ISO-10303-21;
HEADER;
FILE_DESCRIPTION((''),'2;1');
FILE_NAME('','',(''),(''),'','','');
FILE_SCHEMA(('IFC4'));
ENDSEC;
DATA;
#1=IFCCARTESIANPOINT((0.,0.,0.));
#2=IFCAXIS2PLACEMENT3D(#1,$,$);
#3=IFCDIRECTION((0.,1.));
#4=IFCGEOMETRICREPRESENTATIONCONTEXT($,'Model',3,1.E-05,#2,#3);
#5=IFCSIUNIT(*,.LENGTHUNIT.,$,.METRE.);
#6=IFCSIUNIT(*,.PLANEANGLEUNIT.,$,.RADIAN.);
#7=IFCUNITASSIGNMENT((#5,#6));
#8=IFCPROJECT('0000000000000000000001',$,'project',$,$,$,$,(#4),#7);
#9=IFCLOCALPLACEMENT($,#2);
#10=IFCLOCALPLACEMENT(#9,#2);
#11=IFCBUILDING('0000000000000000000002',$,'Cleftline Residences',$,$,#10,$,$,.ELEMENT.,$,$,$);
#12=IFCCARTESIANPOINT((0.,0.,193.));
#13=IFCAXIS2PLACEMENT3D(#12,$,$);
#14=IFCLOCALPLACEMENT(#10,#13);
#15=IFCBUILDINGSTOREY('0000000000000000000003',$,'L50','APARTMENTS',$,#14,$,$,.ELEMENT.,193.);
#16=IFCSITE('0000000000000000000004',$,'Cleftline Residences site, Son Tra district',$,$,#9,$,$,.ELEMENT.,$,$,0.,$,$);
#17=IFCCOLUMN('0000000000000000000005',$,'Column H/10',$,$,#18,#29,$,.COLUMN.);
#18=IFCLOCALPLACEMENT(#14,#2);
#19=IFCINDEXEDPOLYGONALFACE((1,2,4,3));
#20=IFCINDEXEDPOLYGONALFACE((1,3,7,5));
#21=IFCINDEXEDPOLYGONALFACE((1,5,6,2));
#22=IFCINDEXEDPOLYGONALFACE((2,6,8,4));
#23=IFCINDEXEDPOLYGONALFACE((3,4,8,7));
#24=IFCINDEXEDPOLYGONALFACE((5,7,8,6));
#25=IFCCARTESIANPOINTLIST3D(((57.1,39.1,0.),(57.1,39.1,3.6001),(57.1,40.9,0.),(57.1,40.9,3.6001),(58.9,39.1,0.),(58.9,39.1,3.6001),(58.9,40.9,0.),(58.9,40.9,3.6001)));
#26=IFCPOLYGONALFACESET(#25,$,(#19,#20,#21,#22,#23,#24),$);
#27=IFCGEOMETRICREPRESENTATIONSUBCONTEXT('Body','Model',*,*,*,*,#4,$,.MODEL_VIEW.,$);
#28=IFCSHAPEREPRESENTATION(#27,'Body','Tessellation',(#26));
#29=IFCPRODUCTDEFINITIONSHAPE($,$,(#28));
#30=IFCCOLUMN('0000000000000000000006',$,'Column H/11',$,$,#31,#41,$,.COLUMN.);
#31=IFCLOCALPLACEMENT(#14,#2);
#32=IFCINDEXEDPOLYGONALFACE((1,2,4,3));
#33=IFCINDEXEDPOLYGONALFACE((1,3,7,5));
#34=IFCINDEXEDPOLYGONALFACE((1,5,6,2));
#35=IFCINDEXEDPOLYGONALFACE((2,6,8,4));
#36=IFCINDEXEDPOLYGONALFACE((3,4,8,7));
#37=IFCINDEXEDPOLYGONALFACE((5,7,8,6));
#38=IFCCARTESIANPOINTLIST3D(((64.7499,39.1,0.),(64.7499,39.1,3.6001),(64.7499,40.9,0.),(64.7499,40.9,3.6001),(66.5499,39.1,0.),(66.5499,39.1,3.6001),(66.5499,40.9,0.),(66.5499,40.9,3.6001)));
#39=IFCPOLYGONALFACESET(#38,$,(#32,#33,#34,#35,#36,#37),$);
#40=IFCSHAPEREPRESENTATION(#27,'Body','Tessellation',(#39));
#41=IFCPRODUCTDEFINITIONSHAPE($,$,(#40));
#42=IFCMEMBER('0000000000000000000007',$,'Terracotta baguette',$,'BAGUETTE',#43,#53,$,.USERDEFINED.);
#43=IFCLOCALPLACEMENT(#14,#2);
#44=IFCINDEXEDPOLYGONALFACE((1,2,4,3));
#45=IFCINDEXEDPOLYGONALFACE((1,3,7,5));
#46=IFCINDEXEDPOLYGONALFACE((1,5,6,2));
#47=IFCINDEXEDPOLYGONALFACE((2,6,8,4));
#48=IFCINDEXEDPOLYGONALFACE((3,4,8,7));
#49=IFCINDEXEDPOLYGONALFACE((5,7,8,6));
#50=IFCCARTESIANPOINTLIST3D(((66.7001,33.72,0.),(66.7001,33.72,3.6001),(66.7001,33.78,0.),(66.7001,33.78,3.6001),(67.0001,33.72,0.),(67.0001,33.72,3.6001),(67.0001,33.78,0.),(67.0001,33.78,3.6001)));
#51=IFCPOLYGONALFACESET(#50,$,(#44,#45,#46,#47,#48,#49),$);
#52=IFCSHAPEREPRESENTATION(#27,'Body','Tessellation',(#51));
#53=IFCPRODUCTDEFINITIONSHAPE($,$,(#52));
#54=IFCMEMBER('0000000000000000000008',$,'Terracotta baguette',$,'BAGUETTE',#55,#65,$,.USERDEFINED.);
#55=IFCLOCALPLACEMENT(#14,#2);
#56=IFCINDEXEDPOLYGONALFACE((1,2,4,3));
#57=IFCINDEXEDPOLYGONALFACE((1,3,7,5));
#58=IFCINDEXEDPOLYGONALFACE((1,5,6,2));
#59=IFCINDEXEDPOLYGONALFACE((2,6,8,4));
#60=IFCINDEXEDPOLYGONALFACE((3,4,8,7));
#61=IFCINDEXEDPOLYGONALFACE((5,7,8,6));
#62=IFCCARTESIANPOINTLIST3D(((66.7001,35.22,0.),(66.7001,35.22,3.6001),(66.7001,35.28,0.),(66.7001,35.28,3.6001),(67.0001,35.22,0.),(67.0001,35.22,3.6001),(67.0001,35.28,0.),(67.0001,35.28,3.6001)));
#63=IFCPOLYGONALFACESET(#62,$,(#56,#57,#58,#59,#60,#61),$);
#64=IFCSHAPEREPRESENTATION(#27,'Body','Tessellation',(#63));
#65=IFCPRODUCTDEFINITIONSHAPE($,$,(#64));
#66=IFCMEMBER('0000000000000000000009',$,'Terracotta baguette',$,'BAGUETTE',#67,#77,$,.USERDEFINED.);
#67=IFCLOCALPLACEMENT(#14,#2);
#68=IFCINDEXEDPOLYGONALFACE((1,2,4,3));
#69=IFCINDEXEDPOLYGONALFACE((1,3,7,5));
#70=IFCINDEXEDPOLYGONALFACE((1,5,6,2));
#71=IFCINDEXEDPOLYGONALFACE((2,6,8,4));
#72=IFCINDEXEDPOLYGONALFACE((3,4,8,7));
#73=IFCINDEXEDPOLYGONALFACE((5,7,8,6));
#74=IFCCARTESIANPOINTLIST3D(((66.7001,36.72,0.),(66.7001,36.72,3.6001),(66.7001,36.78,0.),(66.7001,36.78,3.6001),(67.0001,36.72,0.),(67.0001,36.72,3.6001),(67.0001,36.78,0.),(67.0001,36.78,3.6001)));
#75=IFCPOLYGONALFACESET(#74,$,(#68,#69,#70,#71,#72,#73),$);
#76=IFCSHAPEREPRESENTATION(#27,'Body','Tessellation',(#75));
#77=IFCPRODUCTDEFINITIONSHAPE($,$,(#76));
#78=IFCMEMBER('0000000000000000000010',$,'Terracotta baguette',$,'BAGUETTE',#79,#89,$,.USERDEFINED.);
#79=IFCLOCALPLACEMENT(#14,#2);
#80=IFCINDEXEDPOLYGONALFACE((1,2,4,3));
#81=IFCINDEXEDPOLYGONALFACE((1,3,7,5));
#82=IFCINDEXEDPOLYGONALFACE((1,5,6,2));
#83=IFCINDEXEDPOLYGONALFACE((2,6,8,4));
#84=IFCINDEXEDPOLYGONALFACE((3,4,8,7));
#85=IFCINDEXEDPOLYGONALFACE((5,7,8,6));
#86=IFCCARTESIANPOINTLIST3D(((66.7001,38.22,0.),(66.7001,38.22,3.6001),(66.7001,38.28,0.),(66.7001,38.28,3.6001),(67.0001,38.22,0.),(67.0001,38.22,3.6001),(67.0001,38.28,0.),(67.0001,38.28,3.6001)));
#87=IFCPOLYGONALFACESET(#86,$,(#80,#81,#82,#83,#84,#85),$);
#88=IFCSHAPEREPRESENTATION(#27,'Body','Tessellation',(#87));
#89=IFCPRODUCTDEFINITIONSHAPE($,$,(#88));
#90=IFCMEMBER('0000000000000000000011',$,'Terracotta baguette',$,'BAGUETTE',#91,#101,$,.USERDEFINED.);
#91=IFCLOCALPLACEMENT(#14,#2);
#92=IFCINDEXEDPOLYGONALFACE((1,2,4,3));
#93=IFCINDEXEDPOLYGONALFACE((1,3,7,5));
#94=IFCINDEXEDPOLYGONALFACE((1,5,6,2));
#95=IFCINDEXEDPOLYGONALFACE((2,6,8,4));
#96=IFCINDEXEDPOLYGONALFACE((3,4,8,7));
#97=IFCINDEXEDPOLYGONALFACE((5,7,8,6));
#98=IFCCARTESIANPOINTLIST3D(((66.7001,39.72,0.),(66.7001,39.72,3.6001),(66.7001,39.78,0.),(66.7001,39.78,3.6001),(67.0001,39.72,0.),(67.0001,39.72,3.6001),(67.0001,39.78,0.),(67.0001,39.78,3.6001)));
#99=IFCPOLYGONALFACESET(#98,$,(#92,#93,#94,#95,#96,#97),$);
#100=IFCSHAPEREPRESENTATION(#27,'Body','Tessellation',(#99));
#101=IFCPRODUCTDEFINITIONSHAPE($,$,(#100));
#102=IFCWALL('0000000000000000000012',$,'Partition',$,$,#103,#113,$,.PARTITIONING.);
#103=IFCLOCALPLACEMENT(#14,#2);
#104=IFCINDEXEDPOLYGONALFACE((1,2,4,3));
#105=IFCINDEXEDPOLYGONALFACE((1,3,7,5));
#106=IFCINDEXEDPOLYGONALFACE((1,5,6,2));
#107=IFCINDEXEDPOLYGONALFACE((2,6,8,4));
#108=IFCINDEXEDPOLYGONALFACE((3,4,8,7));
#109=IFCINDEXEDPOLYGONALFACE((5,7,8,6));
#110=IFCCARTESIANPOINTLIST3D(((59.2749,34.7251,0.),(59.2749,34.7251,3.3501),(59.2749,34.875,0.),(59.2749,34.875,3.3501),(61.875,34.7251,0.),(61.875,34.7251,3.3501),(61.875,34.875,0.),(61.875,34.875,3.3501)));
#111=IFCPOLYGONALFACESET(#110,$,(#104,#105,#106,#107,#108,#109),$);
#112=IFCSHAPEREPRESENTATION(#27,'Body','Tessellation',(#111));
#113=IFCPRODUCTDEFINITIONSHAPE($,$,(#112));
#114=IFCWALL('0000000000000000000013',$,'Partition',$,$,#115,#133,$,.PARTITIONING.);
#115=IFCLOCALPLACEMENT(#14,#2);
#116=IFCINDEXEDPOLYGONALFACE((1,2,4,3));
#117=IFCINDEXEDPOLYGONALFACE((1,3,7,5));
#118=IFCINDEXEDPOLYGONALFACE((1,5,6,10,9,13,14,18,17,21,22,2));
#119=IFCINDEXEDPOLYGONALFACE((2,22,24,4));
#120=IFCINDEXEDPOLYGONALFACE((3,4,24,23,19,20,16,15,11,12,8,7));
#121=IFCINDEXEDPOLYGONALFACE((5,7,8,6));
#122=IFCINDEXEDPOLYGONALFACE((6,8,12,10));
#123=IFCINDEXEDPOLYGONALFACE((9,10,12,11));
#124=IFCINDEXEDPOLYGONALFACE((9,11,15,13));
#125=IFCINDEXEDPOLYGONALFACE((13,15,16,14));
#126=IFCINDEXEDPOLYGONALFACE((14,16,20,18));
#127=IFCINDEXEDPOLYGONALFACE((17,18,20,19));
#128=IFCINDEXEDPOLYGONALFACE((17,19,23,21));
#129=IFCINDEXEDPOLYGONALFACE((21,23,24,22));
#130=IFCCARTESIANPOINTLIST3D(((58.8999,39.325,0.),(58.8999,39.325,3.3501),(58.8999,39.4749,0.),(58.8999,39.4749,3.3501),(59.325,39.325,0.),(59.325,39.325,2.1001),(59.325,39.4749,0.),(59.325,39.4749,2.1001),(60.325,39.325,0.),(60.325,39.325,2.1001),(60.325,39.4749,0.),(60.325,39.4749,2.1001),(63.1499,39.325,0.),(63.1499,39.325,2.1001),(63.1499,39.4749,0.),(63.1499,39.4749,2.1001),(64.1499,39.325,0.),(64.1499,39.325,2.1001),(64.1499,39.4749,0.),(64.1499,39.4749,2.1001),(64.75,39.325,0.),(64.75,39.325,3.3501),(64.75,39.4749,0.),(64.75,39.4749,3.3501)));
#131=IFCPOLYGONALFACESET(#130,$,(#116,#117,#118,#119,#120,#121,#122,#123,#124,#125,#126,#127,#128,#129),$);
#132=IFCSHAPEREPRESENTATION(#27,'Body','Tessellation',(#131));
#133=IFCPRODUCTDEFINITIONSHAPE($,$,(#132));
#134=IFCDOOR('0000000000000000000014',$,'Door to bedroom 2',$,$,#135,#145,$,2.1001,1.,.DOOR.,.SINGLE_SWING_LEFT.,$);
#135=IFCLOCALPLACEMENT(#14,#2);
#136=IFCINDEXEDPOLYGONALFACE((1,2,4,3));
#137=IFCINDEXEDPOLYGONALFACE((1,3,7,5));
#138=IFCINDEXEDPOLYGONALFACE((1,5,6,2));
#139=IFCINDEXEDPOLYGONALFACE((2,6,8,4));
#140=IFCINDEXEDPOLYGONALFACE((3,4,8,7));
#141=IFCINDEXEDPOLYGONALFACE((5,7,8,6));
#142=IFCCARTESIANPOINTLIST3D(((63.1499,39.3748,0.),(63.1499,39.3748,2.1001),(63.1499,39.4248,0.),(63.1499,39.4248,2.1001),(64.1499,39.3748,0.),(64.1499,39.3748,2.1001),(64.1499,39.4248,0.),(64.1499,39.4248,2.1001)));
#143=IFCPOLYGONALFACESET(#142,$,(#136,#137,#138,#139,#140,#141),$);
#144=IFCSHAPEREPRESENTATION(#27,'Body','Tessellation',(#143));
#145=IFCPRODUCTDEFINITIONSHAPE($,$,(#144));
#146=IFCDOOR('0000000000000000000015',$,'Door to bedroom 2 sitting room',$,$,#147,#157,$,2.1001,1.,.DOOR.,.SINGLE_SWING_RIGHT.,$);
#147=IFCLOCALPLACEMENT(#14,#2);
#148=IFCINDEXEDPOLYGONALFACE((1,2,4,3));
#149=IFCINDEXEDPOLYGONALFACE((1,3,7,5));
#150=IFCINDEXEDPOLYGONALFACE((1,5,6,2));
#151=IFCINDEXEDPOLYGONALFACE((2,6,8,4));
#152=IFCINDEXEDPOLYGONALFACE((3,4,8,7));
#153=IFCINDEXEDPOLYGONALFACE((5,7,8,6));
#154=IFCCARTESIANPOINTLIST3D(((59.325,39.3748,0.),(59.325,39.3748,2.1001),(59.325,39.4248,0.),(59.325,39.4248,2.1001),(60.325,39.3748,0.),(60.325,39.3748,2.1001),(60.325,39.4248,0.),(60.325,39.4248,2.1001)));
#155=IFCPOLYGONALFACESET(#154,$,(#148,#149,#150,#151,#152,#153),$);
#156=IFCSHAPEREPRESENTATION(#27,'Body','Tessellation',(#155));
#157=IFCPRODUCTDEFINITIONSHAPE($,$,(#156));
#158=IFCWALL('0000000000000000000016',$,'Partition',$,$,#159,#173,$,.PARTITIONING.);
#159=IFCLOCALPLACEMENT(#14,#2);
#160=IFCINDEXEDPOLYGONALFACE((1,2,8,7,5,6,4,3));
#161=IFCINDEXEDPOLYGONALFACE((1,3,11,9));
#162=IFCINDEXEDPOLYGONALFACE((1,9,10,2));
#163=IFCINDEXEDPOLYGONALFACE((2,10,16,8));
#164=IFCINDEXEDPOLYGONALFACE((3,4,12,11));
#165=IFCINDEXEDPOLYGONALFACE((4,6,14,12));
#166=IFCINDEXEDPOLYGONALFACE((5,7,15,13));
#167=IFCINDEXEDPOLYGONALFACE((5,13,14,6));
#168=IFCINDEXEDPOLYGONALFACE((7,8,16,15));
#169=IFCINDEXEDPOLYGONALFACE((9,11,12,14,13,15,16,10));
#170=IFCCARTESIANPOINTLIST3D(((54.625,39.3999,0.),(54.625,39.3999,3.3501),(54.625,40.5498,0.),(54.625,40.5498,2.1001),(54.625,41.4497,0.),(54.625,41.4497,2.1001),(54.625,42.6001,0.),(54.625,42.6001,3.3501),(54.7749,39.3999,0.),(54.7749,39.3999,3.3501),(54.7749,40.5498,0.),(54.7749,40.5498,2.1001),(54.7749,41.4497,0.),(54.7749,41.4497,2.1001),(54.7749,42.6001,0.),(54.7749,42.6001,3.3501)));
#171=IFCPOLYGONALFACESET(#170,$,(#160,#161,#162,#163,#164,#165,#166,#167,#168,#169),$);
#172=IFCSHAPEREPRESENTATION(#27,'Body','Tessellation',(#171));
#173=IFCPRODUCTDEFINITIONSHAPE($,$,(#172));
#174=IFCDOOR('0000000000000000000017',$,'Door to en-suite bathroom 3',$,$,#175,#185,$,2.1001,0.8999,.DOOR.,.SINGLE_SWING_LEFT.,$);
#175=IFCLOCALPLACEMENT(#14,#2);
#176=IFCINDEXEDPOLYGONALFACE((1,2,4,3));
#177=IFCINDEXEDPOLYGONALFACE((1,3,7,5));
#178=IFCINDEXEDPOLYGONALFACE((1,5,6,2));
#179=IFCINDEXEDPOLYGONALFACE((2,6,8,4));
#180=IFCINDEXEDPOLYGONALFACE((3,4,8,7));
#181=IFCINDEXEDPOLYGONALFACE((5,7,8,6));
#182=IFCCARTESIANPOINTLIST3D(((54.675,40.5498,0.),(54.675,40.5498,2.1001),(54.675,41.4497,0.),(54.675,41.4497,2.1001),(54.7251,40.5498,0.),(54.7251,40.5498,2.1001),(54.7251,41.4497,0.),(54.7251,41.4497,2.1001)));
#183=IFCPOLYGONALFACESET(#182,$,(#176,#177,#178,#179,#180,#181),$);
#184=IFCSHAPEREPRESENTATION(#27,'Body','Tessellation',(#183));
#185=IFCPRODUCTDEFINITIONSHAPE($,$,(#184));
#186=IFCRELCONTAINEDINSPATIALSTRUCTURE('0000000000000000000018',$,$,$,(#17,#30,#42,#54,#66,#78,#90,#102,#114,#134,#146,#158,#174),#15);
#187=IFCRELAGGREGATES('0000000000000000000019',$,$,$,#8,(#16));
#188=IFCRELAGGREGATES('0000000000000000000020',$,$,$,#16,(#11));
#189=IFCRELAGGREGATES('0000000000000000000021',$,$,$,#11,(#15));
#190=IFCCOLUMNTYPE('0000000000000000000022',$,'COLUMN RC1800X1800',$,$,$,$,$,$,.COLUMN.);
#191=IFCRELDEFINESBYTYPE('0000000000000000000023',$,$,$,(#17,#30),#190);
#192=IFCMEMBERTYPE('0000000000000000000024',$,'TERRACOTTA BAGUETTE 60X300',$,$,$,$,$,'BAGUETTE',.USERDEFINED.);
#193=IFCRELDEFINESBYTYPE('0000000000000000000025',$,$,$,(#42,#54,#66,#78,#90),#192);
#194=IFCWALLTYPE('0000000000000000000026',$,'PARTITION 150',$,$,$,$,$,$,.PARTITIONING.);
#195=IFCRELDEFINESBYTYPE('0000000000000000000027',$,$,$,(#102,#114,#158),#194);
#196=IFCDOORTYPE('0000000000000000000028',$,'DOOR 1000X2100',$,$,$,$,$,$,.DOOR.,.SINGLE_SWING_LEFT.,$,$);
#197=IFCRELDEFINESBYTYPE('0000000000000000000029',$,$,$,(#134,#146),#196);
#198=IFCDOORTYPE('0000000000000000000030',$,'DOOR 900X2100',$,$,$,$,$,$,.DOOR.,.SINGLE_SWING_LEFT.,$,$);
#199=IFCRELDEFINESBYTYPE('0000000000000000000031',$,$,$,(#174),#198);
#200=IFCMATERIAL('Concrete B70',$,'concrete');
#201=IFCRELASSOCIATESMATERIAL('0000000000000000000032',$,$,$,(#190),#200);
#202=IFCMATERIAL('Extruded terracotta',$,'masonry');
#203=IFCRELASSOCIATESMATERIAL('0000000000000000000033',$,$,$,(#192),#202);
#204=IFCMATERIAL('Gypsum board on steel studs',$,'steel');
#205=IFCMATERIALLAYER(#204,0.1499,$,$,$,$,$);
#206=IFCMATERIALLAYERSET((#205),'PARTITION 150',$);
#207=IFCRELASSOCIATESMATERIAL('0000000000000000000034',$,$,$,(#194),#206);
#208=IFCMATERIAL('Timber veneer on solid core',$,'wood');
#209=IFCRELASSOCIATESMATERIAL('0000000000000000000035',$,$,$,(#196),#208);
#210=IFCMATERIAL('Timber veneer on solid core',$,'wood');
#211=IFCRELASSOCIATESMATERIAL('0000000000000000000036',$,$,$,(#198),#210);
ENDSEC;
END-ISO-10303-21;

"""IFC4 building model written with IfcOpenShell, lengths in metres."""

from ifc_helpers import new_model, si_unit, direction, frame, frame_2d, origin, origin_2d, place, context, subcontext, project, spatial, rectangle, extrude, material, layer, layer_set, material_profile, profile_set, type_object, element, fill, save


model = new_model("IFC4")

# Units and contexts
model_context = context("Model", 3, precision=1e-05, world=origin(), true_north=direction((0.0, 1.0)))
body_context = subcontext(model_context, "Body", "Model", "MODEL_VIEW")
ifc_project = project(units=[si_unit("LENGTHUNIT", "METRE"), si_unit("PLANEANGLEUNIT", "RADIAN")], contexts=[model_context])

# Site, building, storey
site_placement = place(None, origin())
site = spatial("IfcSite", under=ifc_project, at=site_placement, Name="Cleftline Residences site, Son Tra district", CompositionType="ELEMENT", RefElevation=0.0)
building_placement = place(site_placement, origin())
building = spatial("IfcBuilding", under=site, at=building_placement, Name="Cleftline Residences", CompositionType="ELEMENT")
storey_placement = place(building_placement, frame((0.0, 0.0, 193.0)))
storey = spatial("IfcBuildingStorey", under=building, at=storey_placement, Name="L50", Description="APARTMENTS", CompositionType="ELEMENT", Elevation=193.0)

# Columns
ifc_material_1 = material(Name="Concrete B70", Category="concrete")
ifc_material_profile_1 = material_profile(ifc_material_1, rectangle(XDim=1.8, YDim=1.8, at=origin_2d()))
ifc_profile_set_1 = profile_set([ifc_material_profile_1], Name="Concrete B70")
column_type = type_object("IfcColumnType", Name="COLUMN RC1800X1800", PredefinedType="COLUMN", material=ifc_profile_set_1)
for number, where, z_axis, x_axis, name in (
    (1, (58.0, 40.0, 0.0), (0.0, 0.0, 1.0), (1.0, 0.0, 0.0), "Column H/10"),
    (2, (65.6499, 40.0, 0.0), (0.0, 0.0, 1.0), (1.0, 0.0, 0.0), "Column H/11"),
):
    element("IfcColumn", number, at=place(storey_placement, frame(where, z_axis=z_axis, x_axis=x_axis)), inside=storey, type_object=column_type, Name=name, PredefinedType="COLUMN", context=body_context, shape_type="SweptSolid", body=[
        extrude(rectangle(XDim=1.8, YDim=1.8, at=origin_2d()), origin(), (0.0, 0.0, 1.0), 3.6001),
    ])

# Members
ifc_material_2 = material(Name="Extruded terracotta", Category="masonry")
ifc_material_profile_2 = material_profile(ifc_material_2, rectangle(XDim=0.0601, YDim=0.3, at=origin_2d()))
ifc_profile_set_2 = profile_set([ifc_material_profile_2], Name="Extruded terracotta")
member_type = type_object("IfcMemberType", Name="TERRACOTTA BAGUETTE 60X300", ElementType="BAGUETTE", PredefinedType="USERDEFINED", material=ifc_profile_set_2)
for number, where, z_axis, x_axis, name in (
    (3, (66.8501, 33.75, 0.0), (0.0, 0.0, 1.0), (0.0, 1.0, 0.0), "Terracotta baguette"),
    (4, (66.8501, 35.25, 0.0), (0.0, 0.0, 1.0), (0.0, 1.0, 0.0), "Terracotta baguette"),
    (5, (66.8501, 36.75, 0.0), (0.0, 0.0, 1.0), (0.0, 1.0, 0.0), "Terracotta baguette"),
    (6, (66.8501, 38.25, 0.0), (0.0, 0.0, 1.0), (0.0, 1.0, 0.0), "Terracotta baguette"),
    (7, (66.8501, 39.75, 0.0), (0.0, 0.0, 1.0), (0.0, 1.0, 0.0), "Terracotta baguette"),
):
    element("IfcMember", number, at=place(storey_placement, frame(where, z_axis=z_axis, x_axis=x_axis)), inside=storey, type_object=member_type, Name=name, ObjectType="BAGUETTE", PredefinedType="USERDEFINED", context=body_context, shape_type="SweptSolid", body=[
        extrude(rectangle(XDim=0.0601, YDim=0.3, at=origin_2d()), origin(), (0.0, 0.0, 1.0), 3.6001),
    ])

# Wall
ifc_material_3 = material(Name="Gypsum board on steel studs", Category="steel")
ifc_layer = layer(ifc_material_3, 0.1499)
ifc_layer_set = layer_set([ifc_layer], Name="PARTITION 150")
wall_type = type_object("IfcWallType", Name="PARTITION 150", PredefinedType="PARTITIONING", material=ifc_layer_set)
wall_1_placement = place(storey_placement, frame((59.2749, 34.8, 0.0), z_axis=(0.0, 0.0, 1.0), x_axis=(1.0, 0.0, 0.0)))
element("IfcWall", 8, at=wall_1_placement, inside=storey, type_object=wall_type, Name="Partition", PredefinedType="PARTITIONING", context=body_context, shape_type="SweptSolid", body=[
    extrude(rectangle(XDim=2.6001, YDim=0.1499, at=frame_2d((1.3, 0.0))), origin(), (0.0, 0.0, 1.0), 3.3501),
])

# Wall, openings, doors
wall_2_placement = place(storey_placement, frame((58.8999, 39.3999, 0.0), z_axis=(0.0, 0.0, 1.0), x_axis=(1.0, 0.0, 0.0)))
wall_2 = element("IfcWall", 9, at=wall_2_placement, inside=storey, type_object=wall_type, Name="Partition", PredefinedType="PARTITIONING", context=body_context, shape_type="SweptSolid", body=[
    extrude(rectangle(XDim=5.8501, YDim=0.1499, at=frame_2d((2.925, 0.0))), origin(), (0.0, 0.0, 1.0), 3.3501),
])
opening_1_placement = place(wall_2_placement, frame((4.25, 0.0, 0.0)))
opening_1 = element("IfcOpeningElement", 10, at=opening_1_placement, cuts=wall_2, PredefinedType="OPENING", context=body_context, shape_type="SweptSolid", body=[
    extrude(rectangle(XDim=1.0, YDim=2.1001, at=frame_2d((0.5, 1.05))), frame((0.0, 0.085, 0.0), z_axis=(0.0, -1.0, 0.0), x_axis=(1.0, 0.0, 0.0)), (0.0, 0.0, 1.0), 0.1699),
])
opening_2_placement = place(wall_2_placement, frame((0.425, 0.0, 0.0)))
opening_2 = element("IfcOpeningElement", 11, at=opening_2_placement, cuts=wall_2, PredefinedType="OPENING", context=body_context, shape_type="SweptSolid", body=[
    extrude(rectangle(XDim=1.0, YDim=2.1001, at=frame_2d((0.5, 1.05))), frame((0.0, 0.085, 0.0), z_axis=(0.0, -1.0, 0.0), x_axis=(1.0, 0.0, 0.0)), (0.0, 0.0, 1.0), 0.1699),
])
ifc_material_4 = material(Name="Timber veneer on solid core", Category="wood")
door_type_1 = type_object("IfcDoorType", Name="DOOR 1000X2100", OperationType="SINGLE_SWING_LEFT", PredefinedType="DOOR", material=ifc_material_4)
door_1_placement = place(opening_1_placement, origin())
door_1 = element("IfcDoor", 12, at=door_1_placement, inside=storey, type_object=door_type_1, Name="Door to bedroom 2", OperationType="SINGLE_SWING_LEFT", OverallHeight=2.1001, OverallWidth=1.0, PredefinedType="DOOR", context=body_context, shape_type="SweptSolid", body=[
    extrude(rectangle(XDim=1.0, YDim=2.1001, at=frame_2d((0.5, 1.05))), frame((0.0, 0.0249, 0.0), z_axis=(0.0, -1.0, 0.0), x_axis=(1.0, 0.0, 0.0)), (0.0, 0.0, 1.0), 0.05),
])
fill(opening_1, door_1)
door_2_placement = place(opening_2_placement, origin())
door_2 = element("IfcDoor", 13, at=door_2_placement, inside=storey, type_object=door_type_1, Name="Door to bedroom 2 sitting room", OperationType="SINGLE_SWING_RIGHT", OverallHeight=2.1001, OverallWidth=1.0, PredefinedType="DOOR", context=body_context, shape_type="SweptSolid", body=[
    extrude(rectangle(XDim=1.0, YDim=2.1001, at=frame_2d((0.5, 1.05))), frame((0.0, 0.0249, 0.0), z_axis=(0.0, -1.0, 0.0), x_axis=(1.0, 0.0, 0.0)), (0.0, 0.0, 1.0), 0.05),
])
fill(opening_2, door_2)

# Wall, opening, door
wall_3_placement = place(storey_placement, frame((54.7, 39.3999, 0.0), z_axis=(0.0, 0.0, 1.0), x_axis=(0.0, 1.0, 0.0)))
wall_3 = element("IfcWall", 14, at=wall_3_placement, inside=storey, type_object=wall_type, Name="Partition", PredefinedType="PARTITIONING", context=body_context, shape_type="SweptSolid", body=[
    extrude(rectangle(XDim=3.2002, YDim=0.1499, at=frame_2d((1.6001, 0.0))), origin(), (0.0, 0.0, 1.0), 3.3501),
])
opening_3_placement = place(wall_3_placement, frame((1.1499, 0.0, 0.0)))
opening_3 = element("IfcOpeningElement", 15, at=opening_3_placement, cuts=wall_3, PredefinedType="OPENING", context=body_context, shape_type="SweptSolid", body=[
    extrude(rectangle(XDim=0.8999, YDim=2.1001, at=frame_2d((0.45, 1.05))), frame((0.0, 0.085, 0.0), z_axis=(0.0, -1.0, 0.0), x_axis=(1.0, 0.0, 0.0)), (0.0, 0.0, 1.0), 0.1699),
])
ifc_material_5 = material(Name="Timber veneer on solid core", Category="wood")
door_type_2 = type_object("IfcDoorType", Name="DOOR 900X2100", OperationType="SINGLE_SWING_LEFT", PredefinedType="DOOR", material=ifc_material_5)
door_3_placement = place(opening_3_placement, origin())
door_3 = element("IfcDoor", 16, at=door_3_placement, inside=storey, type_object=door_type_2, Name="Door to en-suite bathroom 3", OperationType="SINGLE_SWING_LEFT", OverallHeight=2.1001, OverallWidth=0.8999, PredefinedType="DOOR", context=body_context, shape_type="SweptSolid", body=[
    extrude(rectangle(XDim=0.8999, YDim=2.1001, at=frame_2d((0.45, 1.05))), frame((0.0, 0.0249, 0.0), z_axis=(0.0, -1.0, 0.0), x_axis=(1.0, 0.0, 0.0)), (0.0, 0.0, 1.0), 0.05),
])
fill(opening_3, door_3)

save(model, "model.ifc")
